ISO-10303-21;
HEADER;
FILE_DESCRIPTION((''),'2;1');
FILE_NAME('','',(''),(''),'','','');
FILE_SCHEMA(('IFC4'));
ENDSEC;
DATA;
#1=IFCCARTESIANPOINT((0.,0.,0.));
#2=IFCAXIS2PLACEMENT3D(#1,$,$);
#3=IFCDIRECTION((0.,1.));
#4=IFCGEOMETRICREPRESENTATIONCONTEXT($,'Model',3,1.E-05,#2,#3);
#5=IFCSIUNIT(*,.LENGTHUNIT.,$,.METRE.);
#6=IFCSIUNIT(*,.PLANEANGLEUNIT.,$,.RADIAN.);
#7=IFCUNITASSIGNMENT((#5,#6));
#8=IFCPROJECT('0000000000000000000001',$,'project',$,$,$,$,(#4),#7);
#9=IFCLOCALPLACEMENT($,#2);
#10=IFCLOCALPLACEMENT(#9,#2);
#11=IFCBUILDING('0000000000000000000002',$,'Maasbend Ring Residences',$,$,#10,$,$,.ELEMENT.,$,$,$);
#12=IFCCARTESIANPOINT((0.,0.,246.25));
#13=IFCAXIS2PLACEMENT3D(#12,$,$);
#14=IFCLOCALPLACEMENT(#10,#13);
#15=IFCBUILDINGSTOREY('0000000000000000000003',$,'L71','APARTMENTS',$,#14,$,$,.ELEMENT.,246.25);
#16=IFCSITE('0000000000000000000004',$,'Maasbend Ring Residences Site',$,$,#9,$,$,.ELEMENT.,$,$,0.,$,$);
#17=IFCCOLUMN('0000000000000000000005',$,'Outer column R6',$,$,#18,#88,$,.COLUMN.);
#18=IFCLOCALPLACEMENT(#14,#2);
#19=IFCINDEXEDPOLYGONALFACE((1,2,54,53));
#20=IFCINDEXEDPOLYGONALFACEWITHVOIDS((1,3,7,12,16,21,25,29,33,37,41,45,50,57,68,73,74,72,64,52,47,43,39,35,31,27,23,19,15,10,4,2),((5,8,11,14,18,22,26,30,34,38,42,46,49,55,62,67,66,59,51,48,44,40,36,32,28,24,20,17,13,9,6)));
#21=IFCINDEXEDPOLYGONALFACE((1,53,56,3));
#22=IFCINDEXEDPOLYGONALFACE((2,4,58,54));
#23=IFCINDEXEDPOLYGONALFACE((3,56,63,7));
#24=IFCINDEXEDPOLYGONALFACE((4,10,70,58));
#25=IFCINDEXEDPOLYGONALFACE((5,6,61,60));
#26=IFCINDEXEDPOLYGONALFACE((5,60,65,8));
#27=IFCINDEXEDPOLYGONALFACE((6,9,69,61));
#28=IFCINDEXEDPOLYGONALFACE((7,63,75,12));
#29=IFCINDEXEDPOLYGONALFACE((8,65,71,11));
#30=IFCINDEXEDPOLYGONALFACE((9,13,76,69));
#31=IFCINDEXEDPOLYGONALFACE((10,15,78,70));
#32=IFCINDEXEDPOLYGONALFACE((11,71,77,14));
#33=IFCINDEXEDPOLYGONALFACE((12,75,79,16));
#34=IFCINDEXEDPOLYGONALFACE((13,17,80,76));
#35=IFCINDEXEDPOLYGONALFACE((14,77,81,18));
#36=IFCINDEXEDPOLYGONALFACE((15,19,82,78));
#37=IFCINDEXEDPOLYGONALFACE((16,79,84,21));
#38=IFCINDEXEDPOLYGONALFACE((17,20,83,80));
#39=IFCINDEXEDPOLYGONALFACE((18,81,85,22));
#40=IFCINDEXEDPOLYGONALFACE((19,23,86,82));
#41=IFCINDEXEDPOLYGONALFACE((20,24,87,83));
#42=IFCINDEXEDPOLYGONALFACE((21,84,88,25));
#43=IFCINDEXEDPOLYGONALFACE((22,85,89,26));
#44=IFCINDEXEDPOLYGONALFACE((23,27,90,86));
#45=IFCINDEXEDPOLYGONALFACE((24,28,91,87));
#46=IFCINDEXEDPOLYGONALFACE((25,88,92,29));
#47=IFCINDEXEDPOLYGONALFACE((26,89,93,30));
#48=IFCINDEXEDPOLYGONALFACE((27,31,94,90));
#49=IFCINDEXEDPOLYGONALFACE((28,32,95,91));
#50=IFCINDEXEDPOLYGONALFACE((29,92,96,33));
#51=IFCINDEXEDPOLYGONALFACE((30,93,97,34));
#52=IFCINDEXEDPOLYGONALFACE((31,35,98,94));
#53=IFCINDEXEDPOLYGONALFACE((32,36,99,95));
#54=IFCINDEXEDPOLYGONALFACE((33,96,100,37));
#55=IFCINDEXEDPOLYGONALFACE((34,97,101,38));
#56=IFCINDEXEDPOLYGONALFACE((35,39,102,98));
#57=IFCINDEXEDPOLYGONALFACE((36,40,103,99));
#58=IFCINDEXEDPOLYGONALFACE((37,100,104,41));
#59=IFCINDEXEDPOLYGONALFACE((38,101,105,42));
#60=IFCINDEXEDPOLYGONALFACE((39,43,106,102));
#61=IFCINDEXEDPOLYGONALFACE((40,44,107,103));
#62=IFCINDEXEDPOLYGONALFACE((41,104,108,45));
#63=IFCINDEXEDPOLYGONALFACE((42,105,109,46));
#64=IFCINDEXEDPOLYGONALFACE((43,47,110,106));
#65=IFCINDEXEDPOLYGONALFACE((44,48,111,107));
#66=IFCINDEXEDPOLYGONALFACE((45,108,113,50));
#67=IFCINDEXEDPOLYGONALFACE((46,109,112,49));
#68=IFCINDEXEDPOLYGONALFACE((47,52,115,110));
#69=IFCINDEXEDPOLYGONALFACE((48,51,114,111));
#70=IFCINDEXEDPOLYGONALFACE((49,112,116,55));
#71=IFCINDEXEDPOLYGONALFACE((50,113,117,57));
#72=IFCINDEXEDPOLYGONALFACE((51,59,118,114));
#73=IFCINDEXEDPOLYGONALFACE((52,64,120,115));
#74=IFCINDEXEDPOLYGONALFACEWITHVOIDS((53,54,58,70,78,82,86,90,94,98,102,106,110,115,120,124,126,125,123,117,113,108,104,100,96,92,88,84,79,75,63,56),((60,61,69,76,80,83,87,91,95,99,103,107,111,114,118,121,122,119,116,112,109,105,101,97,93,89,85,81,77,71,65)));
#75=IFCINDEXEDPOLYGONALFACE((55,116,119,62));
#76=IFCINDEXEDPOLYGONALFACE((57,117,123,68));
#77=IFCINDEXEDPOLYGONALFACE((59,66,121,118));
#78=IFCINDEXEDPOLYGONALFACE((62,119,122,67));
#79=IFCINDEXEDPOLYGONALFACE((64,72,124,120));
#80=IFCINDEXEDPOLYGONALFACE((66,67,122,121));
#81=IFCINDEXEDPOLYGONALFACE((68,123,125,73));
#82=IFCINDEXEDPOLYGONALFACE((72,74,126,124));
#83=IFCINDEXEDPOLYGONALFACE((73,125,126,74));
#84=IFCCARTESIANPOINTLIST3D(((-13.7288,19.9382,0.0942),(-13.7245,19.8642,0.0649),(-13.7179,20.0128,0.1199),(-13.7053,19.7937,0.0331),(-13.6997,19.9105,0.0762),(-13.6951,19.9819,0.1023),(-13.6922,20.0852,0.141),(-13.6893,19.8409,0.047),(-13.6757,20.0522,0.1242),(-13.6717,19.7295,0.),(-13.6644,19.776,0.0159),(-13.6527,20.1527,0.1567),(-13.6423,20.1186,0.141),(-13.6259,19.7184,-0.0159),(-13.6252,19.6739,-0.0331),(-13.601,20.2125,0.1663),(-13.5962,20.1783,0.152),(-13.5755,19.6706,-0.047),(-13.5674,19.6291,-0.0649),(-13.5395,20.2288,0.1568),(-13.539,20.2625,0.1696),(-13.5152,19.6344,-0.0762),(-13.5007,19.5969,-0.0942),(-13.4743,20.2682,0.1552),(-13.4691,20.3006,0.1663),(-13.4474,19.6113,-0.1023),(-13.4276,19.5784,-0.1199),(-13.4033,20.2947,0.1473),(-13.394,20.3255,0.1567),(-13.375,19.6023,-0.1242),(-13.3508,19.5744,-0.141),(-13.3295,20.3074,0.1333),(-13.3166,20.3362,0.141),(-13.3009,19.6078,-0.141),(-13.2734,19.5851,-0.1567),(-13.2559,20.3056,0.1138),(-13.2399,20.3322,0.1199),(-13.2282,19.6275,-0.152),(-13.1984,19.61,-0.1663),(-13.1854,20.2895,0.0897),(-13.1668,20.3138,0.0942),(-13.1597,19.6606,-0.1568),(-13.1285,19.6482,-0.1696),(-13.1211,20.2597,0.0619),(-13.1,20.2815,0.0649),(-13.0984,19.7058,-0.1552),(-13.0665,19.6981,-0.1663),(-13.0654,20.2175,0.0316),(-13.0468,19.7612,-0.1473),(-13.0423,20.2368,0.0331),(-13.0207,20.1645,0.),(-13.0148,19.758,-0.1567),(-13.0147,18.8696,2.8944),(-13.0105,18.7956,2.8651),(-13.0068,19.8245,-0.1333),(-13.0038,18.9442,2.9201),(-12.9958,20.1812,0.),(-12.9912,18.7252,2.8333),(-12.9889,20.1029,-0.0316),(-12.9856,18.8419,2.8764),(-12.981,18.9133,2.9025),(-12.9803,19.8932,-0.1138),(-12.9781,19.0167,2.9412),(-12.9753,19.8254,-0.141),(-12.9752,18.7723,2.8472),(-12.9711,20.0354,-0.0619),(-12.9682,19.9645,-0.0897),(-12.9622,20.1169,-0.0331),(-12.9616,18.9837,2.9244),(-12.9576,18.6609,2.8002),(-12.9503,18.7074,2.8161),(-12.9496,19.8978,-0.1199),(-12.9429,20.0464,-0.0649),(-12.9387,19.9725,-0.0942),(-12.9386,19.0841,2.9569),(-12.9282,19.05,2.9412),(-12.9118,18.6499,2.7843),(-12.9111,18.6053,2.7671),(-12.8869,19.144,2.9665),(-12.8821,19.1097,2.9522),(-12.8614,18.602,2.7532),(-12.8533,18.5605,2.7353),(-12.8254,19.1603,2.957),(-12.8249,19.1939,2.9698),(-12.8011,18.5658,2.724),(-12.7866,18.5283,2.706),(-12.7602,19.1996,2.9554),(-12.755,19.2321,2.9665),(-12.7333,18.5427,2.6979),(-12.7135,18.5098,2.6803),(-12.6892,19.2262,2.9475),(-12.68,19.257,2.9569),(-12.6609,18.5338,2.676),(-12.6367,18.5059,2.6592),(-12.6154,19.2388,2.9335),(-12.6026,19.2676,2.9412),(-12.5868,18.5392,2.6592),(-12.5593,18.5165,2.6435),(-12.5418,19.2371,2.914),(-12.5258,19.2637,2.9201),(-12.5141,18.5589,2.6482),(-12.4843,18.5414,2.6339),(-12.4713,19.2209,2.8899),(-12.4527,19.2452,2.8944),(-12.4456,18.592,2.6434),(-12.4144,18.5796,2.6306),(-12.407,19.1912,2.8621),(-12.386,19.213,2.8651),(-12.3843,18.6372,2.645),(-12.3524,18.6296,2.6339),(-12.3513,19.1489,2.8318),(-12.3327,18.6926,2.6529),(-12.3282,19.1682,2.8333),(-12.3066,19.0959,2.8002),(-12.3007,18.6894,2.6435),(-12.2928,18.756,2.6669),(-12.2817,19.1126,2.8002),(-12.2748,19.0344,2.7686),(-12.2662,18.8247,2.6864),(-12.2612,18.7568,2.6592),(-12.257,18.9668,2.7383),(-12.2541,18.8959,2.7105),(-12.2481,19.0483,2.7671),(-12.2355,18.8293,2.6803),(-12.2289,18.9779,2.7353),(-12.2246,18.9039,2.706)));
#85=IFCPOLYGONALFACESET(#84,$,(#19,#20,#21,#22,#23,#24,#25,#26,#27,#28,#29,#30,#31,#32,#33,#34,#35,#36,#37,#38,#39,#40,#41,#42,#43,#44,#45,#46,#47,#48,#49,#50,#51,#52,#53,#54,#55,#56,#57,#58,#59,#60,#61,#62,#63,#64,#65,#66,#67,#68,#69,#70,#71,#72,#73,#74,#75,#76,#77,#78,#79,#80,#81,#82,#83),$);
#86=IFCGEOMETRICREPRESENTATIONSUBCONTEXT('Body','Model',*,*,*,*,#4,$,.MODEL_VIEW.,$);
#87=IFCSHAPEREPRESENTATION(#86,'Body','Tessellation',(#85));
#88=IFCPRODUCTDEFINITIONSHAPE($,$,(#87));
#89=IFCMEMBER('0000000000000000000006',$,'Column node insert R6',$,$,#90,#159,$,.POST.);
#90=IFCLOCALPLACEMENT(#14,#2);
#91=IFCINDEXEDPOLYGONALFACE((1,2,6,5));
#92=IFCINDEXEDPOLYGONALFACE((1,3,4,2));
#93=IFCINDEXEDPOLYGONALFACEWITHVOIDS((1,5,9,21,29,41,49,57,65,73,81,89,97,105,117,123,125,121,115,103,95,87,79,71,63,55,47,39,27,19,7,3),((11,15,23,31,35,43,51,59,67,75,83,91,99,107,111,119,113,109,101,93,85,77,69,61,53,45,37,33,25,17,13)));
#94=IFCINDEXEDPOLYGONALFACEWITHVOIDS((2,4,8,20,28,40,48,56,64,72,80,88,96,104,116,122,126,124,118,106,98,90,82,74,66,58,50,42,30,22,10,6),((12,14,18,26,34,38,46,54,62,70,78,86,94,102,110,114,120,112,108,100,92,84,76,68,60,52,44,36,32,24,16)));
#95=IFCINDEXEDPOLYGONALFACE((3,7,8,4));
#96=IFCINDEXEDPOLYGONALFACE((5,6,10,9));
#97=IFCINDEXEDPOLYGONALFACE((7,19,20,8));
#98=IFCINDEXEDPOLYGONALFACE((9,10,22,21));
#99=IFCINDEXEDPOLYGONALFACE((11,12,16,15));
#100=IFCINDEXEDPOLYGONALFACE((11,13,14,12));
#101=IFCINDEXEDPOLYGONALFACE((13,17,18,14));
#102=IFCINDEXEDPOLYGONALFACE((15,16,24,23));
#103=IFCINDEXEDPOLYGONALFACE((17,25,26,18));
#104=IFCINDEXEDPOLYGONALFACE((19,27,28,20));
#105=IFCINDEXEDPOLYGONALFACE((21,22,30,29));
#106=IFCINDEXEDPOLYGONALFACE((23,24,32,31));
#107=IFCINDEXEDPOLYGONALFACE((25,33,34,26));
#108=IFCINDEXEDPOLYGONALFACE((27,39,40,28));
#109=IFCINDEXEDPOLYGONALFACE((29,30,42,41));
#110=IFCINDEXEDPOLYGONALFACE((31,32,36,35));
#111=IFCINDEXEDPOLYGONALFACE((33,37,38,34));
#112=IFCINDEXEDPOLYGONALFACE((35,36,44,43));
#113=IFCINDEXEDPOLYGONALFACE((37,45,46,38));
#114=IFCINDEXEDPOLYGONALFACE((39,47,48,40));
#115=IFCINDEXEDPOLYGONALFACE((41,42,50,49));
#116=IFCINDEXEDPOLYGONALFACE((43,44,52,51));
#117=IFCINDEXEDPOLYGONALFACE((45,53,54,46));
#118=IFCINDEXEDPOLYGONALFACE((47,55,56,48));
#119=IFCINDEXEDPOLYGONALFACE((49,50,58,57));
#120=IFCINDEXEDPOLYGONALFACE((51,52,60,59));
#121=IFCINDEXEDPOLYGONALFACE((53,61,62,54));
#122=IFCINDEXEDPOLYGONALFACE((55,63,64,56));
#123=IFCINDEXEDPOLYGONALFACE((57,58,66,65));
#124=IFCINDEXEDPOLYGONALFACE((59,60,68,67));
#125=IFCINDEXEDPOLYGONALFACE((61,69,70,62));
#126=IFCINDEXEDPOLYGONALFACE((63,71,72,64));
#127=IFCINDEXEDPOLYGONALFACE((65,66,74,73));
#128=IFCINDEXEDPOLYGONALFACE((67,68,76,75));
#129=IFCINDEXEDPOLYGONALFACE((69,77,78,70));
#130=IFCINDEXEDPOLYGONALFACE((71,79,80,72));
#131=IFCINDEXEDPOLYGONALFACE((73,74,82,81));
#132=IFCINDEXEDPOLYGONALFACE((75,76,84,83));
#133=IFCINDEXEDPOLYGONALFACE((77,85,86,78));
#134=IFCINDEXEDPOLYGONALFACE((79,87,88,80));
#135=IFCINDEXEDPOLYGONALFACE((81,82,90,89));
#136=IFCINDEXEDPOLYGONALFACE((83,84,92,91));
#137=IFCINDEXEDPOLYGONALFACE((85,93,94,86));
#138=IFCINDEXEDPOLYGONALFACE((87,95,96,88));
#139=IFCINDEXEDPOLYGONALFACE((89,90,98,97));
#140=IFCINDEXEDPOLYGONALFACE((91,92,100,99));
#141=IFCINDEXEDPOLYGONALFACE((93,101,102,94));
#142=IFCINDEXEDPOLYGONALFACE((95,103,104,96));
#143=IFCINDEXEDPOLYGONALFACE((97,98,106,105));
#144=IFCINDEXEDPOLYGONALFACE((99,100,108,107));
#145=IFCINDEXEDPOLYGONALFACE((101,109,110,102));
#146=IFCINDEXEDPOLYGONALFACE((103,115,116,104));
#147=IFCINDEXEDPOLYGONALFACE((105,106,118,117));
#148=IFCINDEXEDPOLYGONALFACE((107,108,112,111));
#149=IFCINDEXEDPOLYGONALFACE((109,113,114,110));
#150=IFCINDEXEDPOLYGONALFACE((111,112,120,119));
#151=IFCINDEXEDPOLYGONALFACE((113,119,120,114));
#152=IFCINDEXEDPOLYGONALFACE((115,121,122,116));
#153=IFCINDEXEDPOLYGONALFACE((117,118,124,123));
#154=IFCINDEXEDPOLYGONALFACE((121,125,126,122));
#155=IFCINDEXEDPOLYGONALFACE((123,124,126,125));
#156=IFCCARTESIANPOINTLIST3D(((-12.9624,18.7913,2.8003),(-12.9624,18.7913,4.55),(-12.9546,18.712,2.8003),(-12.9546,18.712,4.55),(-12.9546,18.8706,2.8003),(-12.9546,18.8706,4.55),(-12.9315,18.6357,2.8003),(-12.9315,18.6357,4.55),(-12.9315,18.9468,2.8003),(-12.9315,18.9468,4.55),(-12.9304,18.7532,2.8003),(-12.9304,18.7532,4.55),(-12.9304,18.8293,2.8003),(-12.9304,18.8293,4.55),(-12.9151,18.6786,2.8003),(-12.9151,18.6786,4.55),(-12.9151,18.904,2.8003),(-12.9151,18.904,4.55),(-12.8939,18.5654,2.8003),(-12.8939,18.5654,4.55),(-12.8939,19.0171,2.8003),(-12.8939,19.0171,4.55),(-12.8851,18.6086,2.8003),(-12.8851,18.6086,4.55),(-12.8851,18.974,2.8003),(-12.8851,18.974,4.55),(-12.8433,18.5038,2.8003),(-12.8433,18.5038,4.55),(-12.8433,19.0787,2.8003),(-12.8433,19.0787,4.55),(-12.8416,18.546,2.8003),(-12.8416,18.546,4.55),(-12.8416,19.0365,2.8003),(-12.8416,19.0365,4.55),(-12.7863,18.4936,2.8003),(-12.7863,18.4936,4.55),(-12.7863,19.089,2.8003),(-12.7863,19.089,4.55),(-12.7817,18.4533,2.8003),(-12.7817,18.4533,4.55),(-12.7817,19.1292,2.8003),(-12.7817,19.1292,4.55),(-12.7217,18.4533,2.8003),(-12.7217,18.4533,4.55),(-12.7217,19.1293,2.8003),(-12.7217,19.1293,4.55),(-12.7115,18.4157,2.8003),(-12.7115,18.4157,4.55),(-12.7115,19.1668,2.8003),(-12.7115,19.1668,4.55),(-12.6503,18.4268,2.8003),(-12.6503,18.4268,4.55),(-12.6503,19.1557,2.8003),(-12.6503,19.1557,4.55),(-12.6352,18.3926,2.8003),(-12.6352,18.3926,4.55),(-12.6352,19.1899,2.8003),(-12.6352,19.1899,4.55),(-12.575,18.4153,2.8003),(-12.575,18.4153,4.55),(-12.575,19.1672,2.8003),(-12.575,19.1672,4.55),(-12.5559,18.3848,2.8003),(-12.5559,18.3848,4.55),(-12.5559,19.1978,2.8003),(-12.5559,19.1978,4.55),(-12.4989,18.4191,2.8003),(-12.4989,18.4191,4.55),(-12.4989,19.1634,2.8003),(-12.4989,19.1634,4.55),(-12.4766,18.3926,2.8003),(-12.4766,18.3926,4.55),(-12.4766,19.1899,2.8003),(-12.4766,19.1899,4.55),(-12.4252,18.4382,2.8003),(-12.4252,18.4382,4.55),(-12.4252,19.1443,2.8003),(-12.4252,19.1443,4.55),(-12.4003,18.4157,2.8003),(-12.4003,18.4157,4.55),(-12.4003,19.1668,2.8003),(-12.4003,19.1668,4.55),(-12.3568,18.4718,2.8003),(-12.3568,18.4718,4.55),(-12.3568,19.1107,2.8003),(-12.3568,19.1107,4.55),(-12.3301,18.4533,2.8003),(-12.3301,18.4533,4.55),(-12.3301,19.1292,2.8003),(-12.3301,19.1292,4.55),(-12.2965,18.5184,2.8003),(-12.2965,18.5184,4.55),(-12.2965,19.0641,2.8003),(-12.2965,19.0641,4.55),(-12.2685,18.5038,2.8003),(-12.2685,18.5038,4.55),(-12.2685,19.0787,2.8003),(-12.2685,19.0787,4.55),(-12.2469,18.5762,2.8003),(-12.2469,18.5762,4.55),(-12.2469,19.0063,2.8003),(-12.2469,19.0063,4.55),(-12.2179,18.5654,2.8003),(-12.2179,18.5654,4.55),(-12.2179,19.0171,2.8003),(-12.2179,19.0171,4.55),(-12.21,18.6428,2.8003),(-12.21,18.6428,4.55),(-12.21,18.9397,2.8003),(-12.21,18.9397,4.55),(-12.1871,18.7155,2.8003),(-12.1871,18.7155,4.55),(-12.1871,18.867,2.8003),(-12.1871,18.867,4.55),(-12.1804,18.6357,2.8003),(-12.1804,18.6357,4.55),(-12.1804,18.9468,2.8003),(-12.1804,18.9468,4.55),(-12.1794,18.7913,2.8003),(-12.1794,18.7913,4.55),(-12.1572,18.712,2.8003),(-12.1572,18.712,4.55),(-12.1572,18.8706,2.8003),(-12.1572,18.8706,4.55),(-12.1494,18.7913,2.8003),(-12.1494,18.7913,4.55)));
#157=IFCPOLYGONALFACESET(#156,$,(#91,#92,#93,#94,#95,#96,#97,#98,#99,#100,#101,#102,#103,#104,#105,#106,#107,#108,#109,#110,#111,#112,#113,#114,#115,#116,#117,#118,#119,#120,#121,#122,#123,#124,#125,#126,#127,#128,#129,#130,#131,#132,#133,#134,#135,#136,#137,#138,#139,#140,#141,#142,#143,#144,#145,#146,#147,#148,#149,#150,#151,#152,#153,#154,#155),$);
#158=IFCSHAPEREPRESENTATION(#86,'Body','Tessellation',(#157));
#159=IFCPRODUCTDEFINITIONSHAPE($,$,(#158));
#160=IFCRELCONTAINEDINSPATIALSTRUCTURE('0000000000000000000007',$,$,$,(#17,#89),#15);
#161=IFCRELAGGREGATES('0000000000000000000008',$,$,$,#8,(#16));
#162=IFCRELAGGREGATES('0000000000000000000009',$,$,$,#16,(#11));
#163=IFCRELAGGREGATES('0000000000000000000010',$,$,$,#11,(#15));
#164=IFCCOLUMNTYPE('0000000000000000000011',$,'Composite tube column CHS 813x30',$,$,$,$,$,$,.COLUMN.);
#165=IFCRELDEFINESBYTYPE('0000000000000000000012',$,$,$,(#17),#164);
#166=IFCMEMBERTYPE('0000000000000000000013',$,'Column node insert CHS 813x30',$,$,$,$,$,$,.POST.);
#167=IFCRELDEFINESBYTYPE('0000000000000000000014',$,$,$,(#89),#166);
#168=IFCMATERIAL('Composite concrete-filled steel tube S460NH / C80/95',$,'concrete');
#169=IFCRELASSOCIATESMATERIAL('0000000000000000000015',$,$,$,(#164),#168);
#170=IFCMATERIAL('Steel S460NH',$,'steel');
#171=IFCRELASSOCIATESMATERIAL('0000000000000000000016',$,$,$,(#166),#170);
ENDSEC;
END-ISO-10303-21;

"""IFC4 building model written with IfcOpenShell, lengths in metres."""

from ifc_helpers import new_model, si_unit, direction, frame, origin, origin_2d, place, context, subcontext, project, spatial, hollow_circle, extrude, material, material_profile, profile_set, type_object, element, save


model = new_model("IFC4")

# Units and contexts
model_context = context("Model", 3, precision=1e-05, world=origin(), true_north=direction((0.0, 1.0)))
body_context = subcontext(model_context, "Body", "Model", "MODEL_VIEW")
ifc_project = project(units=[si_unit("LENGTHUNIT", "METRE"), si_unit("PLANEANGLEUNIT", "RADIAN")], contexts=[model_context])

# Site, building, storey
site_placement = place(None, origin())
site = spatial("IfcSite", under=ifc_project, at=site_placement, Name="Maasbend Ring Residences Site", CompositionType="ELEMENT", RefElevation=0.0)
building_placement = place(site_placement, origin())
building = spatial("IfcBuilding", under=site, at=building_placement, Name="Maasbend Ring Residences", CompositionType="ELEMENT")
storey_placement = place(building_placement, frame((0.0, 0.0, 246.25)))
storey = spatial("IfcBuildingStorey", under=building, at=storey_placement, Name="L71", Description="APARTMENTS", CompositionType="ELEMENT", Elevation=246.25)

# Column
ifc_material_1 = material(Name="Composite concrete-filled steel tube S460NH / C80/95", Category="concrete")
ifc_material_profile_1 = material_profile(ifc_material_1, hollow_circle(Radius=0.4065, WallThickness=0.03, at=origin_2d()), Name="Composite tube column CHS 813x30")
ifc_profile_set_1 = profile_set([ifc_material_profile_1], Name="Composite concrete-filled steel tube S460NH / C80/95")
column_type = type_object("IfcColumnType", Name="Composite tube column CHS 813x30", PredefinedType="COLUMN", material=ifc_profile_set_1)
column_placement = place(storey_placement, frame((-13.3337, 19.9553, 0.0), z_axis=(0.231767, -0.346819, 0.908846), x_axis=(0.831436, 0.55562, 0.0)))
element("IfcColumn", 1, at=column_placement, inside=storey, type_object=column_type, Name="Outer column R6", PredefinedType="COLUMN", context=body_context, shape_type="SweptSolid", body=[
    extrude(hollow_circle(Radius=0.4065, WallThickness=0.03, at=origin_2d()), origin(), (0.0, 0.0, 1.0), 3.0811),
])

# Member
ifc_material_2 = material(Name="Steel S460NH", Category="steel")
ifc_material_profile_2 = material_profile(ifc_material_2, hollow_circle(Radius=0.4065, WallThickness=0.03, at=origin_2d()), Name="Column node insert CHS 813x30")
ifc_profile_set_2 = profile_set([ifc_material_profile_2], Name="Steel S460NH")
member_type = type_object("IfcMemberType", Name="Column node insert CHS 813x30", PredefinedType="POST", material=ifc_profile_set_2)
member_placement = place(storey_placement, frame((-12.5559, 18.7913, 2.8003), z_axis=(0.0, 0.0, 1.0), x_axis=(1.0, 0.0, 0.0)))
element("IfcMember", 2, at=member_placement, inside=storey, type_object=member_type, Name="Column node insert R6", PredefinedType="POST", context=body_context, shape_type="SweptSolid", body=[
    extrude(hollow_circle(Radius=0.4065, WallThickness=0.03, at=origin_2d()), origin(), (0.0, 0.0, 1.0), 1.7498),
])

save(model, "model.ifc")
